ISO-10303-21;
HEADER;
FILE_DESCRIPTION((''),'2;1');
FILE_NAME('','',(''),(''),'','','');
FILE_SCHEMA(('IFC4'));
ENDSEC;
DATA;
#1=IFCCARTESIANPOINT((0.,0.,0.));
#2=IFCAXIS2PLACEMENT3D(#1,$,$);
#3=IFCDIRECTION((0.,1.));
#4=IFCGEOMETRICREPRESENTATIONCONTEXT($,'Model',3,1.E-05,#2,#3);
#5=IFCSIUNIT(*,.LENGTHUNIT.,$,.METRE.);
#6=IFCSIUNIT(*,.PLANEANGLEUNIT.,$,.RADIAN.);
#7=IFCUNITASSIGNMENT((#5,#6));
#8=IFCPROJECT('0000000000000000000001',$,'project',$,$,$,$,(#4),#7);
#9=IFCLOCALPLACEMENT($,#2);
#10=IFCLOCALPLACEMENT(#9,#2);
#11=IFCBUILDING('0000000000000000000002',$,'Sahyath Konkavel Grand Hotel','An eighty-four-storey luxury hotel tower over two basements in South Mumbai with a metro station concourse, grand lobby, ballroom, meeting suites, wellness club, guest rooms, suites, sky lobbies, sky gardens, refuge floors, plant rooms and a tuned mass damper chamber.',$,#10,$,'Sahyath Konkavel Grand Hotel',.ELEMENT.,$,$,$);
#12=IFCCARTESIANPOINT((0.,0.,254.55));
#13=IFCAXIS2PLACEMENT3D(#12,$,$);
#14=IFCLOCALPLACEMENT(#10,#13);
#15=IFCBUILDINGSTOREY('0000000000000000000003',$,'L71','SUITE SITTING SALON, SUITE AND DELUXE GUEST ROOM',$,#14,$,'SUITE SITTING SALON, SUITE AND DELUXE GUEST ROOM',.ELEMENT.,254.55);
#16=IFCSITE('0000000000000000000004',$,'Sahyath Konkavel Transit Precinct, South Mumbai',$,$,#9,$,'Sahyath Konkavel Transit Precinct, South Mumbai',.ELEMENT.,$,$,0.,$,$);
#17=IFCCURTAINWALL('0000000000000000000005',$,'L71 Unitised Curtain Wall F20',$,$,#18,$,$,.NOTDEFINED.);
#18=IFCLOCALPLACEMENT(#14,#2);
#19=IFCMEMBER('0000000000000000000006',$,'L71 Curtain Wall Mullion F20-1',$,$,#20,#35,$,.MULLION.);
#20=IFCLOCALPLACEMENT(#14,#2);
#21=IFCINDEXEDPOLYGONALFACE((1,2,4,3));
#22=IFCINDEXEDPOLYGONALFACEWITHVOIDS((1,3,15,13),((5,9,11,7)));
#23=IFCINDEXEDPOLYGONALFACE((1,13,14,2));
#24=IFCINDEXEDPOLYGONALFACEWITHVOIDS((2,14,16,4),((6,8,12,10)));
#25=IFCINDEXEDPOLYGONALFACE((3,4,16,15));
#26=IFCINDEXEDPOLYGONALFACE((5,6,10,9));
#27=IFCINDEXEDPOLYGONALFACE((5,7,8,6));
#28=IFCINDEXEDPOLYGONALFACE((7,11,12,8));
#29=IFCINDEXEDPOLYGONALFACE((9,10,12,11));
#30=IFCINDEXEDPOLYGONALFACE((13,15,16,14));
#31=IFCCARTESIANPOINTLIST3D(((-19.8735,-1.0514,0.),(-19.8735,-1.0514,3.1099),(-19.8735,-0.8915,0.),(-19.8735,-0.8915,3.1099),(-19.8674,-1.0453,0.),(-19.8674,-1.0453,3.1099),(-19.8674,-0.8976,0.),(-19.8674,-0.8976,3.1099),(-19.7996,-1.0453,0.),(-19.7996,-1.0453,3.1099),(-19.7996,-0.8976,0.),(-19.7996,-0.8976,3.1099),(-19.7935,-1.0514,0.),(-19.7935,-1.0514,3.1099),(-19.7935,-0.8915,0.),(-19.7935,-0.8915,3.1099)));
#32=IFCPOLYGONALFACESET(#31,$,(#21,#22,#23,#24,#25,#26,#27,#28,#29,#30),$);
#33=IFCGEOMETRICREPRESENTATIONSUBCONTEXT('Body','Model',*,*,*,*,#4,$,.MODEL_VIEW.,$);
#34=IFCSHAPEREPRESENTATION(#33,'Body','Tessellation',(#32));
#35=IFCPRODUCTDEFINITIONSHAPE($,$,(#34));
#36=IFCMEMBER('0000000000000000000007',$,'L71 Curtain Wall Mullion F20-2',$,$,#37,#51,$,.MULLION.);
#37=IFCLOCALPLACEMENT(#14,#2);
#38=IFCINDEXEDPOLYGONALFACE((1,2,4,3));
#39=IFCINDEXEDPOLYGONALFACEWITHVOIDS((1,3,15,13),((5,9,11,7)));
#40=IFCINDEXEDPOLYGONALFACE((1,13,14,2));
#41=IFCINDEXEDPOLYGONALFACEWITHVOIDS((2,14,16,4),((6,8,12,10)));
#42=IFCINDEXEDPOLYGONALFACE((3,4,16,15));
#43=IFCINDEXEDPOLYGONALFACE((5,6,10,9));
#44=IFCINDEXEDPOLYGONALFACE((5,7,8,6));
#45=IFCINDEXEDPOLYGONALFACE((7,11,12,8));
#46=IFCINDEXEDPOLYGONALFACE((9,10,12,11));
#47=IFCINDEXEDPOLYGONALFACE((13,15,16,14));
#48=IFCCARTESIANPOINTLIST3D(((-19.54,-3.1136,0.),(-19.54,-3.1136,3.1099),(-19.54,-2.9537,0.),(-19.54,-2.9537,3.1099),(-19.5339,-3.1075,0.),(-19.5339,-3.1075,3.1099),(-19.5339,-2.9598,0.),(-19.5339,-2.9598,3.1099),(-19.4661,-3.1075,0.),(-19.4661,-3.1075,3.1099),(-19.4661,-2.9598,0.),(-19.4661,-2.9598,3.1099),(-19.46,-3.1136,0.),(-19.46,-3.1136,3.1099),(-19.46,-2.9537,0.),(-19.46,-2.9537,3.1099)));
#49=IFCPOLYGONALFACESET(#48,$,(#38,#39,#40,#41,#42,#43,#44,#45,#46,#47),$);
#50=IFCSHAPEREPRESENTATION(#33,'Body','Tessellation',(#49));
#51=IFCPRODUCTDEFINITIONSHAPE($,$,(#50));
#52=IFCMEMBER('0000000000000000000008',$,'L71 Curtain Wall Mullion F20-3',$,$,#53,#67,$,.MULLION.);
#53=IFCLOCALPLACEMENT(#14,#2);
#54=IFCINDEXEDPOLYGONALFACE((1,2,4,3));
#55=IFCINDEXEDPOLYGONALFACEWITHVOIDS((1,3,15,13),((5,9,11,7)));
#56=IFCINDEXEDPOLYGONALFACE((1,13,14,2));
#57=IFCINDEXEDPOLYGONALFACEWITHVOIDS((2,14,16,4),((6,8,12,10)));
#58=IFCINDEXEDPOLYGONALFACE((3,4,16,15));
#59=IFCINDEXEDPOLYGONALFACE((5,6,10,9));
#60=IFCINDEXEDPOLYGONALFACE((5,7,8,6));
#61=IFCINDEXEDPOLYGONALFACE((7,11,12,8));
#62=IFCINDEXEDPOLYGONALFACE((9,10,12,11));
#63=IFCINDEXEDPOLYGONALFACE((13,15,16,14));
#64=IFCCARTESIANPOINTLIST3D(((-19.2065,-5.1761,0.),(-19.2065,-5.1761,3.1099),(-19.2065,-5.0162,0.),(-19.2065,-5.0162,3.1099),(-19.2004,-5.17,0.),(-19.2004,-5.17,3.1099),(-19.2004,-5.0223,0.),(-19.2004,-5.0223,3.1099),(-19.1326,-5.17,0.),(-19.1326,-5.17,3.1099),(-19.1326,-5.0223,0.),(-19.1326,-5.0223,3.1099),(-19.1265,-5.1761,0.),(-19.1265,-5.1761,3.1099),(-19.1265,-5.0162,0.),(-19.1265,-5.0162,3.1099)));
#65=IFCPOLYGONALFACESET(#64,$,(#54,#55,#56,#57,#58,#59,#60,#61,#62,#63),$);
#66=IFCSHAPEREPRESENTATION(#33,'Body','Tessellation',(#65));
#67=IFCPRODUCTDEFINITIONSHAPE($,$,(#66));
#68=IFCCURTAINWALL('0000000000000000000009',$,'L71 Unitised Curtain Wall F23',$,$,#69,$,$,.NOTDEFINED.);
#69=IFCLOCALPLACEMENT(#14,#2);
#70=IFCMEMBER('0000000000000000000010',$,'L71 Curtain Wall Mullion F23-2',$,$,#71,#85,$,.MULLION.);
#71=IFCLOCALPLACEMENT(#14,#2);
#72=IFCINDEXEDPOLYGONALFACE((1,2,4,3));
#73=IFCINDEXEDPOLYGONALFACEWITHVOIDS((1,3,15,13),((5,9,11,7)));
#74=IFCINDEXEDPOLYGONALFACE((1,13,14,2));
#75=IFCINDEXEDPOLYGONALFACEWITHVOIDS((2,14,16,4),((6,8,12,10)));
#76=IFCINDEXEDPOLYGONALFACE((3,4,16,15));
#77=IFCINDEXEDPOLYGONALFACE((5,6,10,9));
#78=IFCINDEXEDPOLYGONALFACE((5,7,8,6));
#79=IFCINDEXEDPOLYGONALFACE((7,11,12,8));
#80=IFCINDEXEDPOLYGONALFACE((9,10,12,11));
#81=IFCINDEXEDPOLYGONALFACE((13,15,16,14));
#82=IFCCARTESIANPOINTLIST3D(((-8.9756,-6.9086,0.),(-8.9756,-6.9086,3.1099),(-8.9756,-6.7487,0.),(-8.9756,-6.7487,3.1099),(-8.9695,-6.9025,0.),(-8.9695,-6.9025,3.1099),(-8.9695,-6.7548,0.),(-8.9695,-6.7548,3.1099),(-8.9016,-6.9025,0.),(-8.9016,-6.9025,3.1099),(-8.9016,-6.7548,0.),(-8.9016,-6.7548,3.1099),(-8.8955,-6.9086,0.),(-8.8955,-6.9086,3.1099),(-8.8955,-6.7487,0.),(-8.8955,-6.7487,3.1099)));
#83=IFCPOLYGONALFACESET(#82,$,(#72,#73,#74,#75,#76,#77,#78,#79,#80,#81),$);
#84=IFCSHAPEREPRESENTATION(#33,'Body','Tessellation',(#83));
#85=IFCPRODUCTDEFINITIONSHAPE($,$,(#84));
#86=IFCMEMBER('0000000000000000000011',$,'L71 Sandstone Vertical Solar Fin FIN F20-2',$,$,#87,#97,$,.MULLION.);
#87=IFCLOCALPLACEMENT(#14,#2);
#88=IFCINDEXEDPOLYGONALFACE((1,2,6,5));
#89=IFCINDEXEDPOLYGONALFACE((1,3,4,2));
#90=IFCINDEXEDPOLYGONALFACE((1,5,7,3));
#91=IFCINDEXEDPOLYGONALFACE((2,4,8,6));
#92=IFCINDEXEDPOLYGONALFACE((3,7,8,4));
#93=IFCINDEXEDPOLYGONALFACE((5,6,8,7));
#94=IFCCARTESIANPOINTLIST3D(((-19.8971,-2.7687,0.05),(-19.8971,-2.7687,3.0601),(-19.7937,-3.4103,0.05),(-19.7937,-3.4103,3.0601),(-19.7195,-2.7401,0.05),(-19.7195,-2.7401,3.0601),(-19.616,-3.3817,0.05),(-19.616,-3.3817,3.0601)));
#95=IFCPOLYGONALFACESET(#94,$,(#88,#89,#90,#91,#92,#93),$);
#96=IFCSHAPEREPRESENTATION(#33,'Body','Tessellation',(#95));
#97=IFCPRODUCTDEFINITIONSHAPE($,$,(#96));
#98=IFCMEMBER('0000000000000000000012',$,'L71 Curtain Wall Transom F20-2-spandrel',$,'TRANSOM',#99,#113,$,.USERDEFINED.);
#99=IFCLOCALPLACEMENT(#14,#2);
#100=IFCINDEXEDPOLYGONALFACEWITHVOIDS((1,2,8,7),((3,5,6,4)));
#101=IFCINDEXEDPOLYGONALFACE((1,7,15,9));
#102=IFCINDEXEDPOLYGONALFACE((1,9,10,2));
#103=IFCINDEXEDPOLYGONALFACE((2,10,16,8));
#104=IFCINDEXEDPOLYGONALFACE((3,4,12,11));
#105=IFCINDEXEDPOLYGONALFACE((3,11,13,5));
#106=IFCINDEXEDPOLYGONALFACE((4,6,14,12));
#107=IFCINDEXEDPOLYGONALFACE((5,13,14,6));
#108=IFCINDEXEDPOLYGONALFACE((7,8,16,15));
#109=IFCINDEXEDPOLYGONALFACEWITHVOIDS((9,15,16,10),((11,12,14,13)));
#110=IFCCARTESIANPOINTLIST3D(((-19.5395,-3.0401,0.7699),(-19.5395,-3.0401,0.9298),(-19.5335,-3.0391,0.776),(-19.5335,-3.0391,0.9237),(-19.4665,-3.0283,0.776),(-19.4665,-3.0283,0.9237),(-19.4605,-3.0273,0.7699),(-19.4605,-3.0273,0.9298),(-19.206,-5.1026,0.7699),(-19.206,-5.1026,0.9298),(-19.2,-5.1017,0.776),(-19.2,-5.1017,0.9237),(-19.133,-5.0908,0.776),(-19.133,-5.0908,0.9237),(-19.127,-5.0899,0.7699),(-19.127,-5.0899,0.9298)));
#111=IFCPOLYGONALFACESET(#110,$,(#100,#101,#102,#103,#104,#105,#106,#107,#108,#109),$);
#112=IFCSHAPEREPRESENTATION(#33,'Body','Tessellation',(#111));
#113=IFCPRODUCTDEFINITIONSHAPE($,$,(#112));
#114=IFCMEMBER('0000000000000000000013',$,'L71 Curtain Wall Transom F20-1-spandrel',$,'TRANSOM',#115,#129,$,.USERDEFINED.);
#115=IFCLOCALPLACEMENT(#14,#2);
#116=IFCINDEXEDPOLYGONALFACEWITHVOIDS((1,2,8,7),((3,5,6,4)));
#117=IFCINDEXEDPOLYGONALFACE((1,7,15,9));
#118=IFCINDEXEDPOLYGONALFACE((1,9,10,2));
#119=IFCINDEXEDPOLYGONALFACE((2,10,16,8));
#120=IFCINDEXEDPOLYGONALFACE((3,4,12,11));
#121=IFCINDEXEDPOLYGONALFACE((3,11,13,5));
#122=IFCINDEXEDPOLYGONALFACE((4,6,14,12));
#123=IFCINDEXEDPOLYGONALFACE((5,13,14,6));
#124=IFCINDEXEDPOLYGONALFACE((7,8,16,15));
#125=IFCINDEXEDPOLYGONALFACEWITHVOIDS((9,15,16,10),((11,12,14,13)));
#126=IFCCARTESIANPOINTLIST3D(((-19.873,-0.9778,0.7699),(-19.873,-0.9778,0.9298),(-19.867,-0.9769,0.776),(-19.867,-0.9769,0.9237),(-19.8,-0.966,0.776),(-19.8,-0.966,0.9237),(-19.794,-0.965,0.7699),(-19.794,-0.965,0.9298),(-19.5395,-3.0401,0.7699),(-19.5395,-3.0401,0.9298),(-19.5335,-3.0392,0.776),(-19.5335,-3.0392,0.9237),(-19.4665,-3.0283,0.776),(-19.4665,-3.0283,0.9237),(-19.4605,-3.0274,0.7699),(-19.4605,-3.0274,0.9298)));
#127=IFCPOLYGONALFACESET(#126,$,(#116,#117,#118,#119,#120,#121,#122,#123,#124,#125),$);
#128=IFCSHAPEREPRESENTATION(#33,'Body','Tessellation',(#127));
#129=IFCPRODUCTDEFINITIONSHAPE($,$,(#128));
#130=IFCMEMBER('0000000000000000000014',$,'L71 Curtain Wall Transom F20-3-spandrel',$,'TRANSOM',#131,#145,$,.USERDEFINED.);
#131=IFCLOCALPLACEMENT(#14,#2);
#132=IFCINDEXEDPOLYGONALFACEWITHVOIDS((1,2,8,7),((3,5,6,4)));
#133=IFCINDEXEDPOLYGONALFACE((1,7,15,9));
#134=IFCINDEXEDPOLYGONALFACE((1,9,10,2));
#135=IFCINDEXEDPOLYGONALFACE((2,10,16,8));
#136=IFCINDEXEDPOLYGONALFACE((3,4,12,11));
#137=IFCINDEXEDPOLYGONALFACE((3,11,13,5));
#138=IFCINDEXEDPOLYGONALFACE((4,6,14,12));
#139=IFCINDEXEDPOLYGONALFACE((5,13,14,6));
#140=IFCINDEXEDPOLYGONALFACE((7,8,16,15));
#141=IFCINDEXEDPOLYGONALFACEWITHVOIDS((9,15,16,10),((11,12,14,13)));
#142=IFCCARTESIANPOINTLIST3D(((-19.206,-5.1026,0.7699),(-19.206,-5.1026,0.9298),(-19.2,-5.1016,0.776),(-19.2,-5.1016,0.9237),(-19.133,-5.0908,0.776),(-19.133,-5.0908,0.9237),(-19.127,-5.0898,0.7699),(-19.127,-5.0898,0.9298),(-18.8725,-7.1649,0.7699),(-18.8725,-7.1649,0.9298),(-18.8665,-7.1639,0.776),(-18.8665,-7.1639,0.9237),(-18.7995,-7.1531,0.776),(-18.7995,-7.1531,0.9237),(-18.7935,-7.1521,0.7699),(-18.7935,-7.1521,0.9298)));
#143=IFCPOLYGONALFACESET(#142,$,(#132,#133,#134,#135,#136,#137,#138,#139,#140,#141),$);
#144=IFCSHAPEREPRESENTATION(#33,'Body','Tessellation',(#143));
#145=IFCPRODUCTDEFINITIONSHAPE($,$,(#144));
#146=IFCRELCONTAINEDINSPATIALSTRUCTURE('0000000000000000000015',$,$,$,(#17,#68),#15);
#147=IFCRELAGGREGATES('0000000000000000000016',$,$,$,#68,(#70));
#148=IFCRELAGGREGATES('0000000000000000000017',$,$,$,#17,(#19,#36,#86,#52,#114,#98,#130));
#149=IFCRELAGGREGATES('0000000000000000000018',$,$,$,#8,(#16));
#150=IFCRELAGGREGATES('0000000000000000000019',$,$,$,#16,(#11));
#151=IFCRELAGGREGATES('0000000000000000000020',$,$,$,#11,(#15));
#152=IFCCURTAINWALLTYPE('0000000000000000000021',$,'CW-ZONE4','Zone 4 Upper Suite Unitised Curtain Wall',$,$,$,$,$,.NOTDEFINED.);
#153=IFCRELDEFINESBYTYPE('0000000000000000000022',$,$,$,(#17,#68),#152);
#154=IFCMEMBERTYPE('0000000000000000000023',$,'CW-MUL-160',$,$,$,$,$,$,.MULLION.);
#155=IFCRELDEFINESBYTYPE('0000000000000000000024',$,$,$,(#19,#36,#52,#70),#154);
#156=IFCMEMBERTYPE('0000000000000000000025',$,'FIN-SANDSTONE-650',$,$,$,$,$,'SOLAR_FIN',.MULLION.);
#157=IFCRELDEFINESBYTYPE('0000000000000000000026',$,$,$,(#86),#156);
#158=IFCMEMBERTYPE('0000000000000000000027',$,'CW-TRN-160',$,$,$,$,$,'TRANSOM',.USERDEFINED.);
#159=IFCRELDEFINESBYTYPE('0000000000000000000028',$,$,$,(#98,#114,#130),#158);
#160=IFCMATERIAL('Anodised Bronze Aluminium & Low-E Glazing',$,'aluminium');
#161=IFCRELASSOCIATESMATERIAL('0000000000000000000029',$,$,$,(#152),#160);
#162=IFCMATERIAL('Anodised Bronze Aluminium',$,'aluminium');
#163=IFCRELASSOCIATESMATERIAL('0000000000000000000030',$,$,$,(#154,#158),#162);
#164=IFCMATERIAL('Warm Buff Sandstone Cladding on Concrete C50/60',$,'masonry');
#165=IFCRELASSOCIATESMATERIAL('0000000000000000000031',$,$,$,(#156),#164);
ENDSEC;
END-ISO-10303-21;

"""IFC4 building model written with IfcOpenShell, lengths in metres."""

from ifc_helpers import new_model, si_unit, direction, frame, origin, origin_2d, place, context, subcontext, project, spatial, rectangle, hollow_rectangle, extrude, source, transform, mapped, material, material_profile, profile_set, type_object, element, aggregate, save


model = new_model("IFC4")

# Units and contexts
model_context = context("Model", 3, precision=1e-05, world=origin(), true_north=direction((0.0, 1.0)))
body_context = subcontext(model_context, "Body", "Model", "MODEL_VIEW")
ifc_project = project(units=[si_unit("LENGTHUNIT", "METRE"), si_unit("PLANEANGLEUNIT", "RADIAN")], contexts=[model_context])

# Site, building, storey
site_placement = place(None, origin())
site = spatial("IfcSite", under=ifc_project, at=site_placement, Name="Sahyath Konkavel Transit Precinct, South Mumbai", LongName="Sahyath Konkavel Transit Precinct, South Mumbai", CompositionType="ELEMENT", RefElevation=0.0)
building_placement = place(site_placement, origin())
building = spatial("IfcBuilding", under=site, at=building_placement, Name="Sahyath Konkavel Grand Hotel", Description="An eighty-four-storey luxury hotel tower over two basements in South Mumbai with a metro station concourse, grand lobby, ballroom, meeting suites, wellness club, guest rooms, suites, sky lobbies, sky gardens, refuge floors, plant rooms and a tuned mass damper chamber.", LongName="Sahyath Konkavel Grand Hotel", CompositionType="ELEMENT")
storey_placement = place(building_placement, frame((0.0, 0.0, 254.55)))
storey = spatial("IfcBuildingStorey", under=building, at=storey_placement, Name="L71", Description="SUITE SITTING SALON, SUITE AND DELUXE GUEST ROOM", LongName="SUITE SITTING SALON, SUITE AND DELUXE GUEST ROOM", CompositionType="ELEMENT", Elevation=254.55)

# Curtain wall, members
ifc_material_1 = material(Name="Anodised Bronze Aluminium & Low-E Glazing", Category="aluminium")
curtain_wall_type = type_object("IfcCurtainWallType", Name="CW-ZONE4", Description="Zone 4 Upper Suite Unitised Curtain Wall", PredefinedType="NOTDEFINED", material=ifc_material_1)
curtain_wall_1_placement = place(storey_placement, origin())
curtain_wall_1 = element("IfcCurtainWall", 1, at=curtain_wall_1_placement, inside=storey, type_object=curtain_wall_type, Name="L71 Unitised Curtain Wall F20", PredefinedType="NOTDEFINED")
ifc_material_2 = material(Name="Anodised Bronze Aluminium", Category="aluminium")
ifc_material_profile_1 = material_profile(ifc_material_2, hollow_rectangle(XDim=0.0801, YDim=0.1599, WallThickness=0.0061, at=origin_2d()), Name="RHS 160x80x6")
ifc_profile_set_1 = profile_set([ifc_material_profile_1], Name="Anodised Bronze Aluminium")
member_type_1 = type_object("IfcMemberType", Name="CW-MUL-160", PredefinedType="MULLION", material=ifc_profile_set_1)
shared_shape_1 = source(origin(), body_context, "Body", "SweptSolid", [
    extrude(hollow_rectangle(XDim=0.0801, YDim=0.1599, WallThickness=0.0061, at=origin_2d()), origin(), (0.0, 0.0, 1.0), 3.1099),
])
member_1_placement = place(storey_placement, frame((-19.8335, -0.9714, 0.0), z_axis=(0.0, 0.0, 1.0), x_axis=(1.0, 0.0, 0.0)))
member_1 = element("IfcMember", 2, at=member_1_placement, type_object=member_type_1, Name="L71 Curtain Wall Mullion F20-1", PredefinedType="MULLION", context=body_context, shape_type="MappedRepresentation", body=[
    mapped(shared_shape_1, transform((0.0, 0.0, 0.0), scale=1.0)),
])
member_2_placement = place(storey_placement, frame((-19.5, -3.0337, 0.0), z_axis=(0.0, 0.0, 1.0), x_axis=(1.0, 0.0, 0.0)))
member_2 = element("IfcMember", 3, at=member_2_placement, type_object=member_type_1, Name="L71 Curtain Wall Mullion F20-2", PredefinedType="MULLION", context=body_context, shape_type="MappedRepresentation", body=[
    mapped(shared_shape_1, transform((0.0, 0.0, 0.0), scale=1.0)),
])
member_3_placement = place(storey_placement, frame((-19.1665, -5.0962, 0.0), z_axis=(0.0, 0.0, 1.0), x_axis=(1.0, 0.0, 0.0)))
member_3 = element("IfcMember", 4, at=member_3_placement, type_object=member_type_1, Name="L71 Curtain Wall Mullion F20-3", PredefinedType="MULLION", context=body_context, shape_type="MappedRepresentation", body=[
    mapped(shared_shape_1, transform((0.0, 0.0, 0.0), scale=1.0)),
])

# Curtain wall, member
curtain_wall_2_placement = place(storey_placement, origin())
curtain_wall_2 = element("IfcCurtainWall", 5, at=curtain_wall_2_placement, inside=storey, type_object=curtain_wall_type, Name="L71 Unitised Curtain Wall F23", PredefinedType="NOTDEFINED")
member_4_placement = place(storey_placement, frame((-8.9355, -6.8286, 0.0), z_axis=(0.0, 0.0, 1.0), x_axis=(1.0, 0.0, 0.0)))
member_4 = element("IfcMember", 6, at=member_4_placement, type_object=member_type_1, Name="L71 Curtain Wall Mullion F23-2", PredefinedType="MULLION", context=body_context, shape_type="MappedRepresentation", body=[
    mapped(shared_shape_1, transform((0.0, 0.0, 0.0), scale=1.0)),
])
aggregate(curtain_wall_2, [member_4])

# Members
ifc_material_3 = material(Name="Warm Buff Sandstone Cladding on Concrete C50/60", Category="masonry")
ifc_material_profile_2 = material_profile(ifc_material_3, rectangle(XDim=0.1799, YDim=0.6499, at=origin_2d()), Name="FIN 180x650")
ifc_profile_set_2 = profile_set([ifc_material_profile_2], Name="Warm Buff Sandstone Cladding on Concrete C50/60")
member_type_2 = type_object("IfcMemberType", Name="FIN-SANDSTONE-650", ElementType="SOLAR_FIN", PredefinedType="MULLION", material=ifc_profile_set_2)
shared_shape_2 = source(origin(), body_context, "Body", "SweptSolid", [
    extrude(rectangle(XDim=0.1799, YDim=0.6499, at=origin_2d()), origin(), (0.0, 0.0, 1.0), 3.01),
])
member_5_placement = place(storey_placement, frame((-19.7566, -3.0752, 0.05), z_axis=(0.0, 0.0, 1.0), x_axis=(0.987248, 0.159192, 0.0)))
member_5 = element("IfcMember", 7, at=member_5_placement, type_object=member_type_2, Name="L71 Sandstone Vertical Solar Fin FIN F20-2", PredefinedType="MULLION", context=body_context, shape_type="MappedRepresentation", body=[
    mapped(shared_shape_2, transform((0.0, 0.0, 0.0), scale=1.0)),
])
ifc_material_profile_3 = material_profile(ifc_material_2, hollow_rectangle(XDim=0.0801, YDim=0.1599, WallThickness=0.0061, at=origin_2d()), Name="RHS 160x80x6")
ifc_profile_set_3 = profile_set([ifc_material_profile_3], Name="Anodised Bronze Aluminium")
member_type_3 = type_object("IfcMemberType", Name="CW-TRN-160", ElementType="TRANSOM", PredefinedType="USERDEFINED", material=ifc_profile_set_3)
shared_shape_3 = source(origin(), body_context, "Body", "SweptSolid", [
    extrude(hollow_rectangle(XDim=0.0801, YDim=0.1599, WallThickness=0.0061, at=origin_2d()), origin(), (0.0, 0.0, 1.0), 2.0894),
])
member_6_placement = place(storey_placement, frame((-19.5, -3.0337, 0.8499), z_axis=(0.159622, -0.987178, 0.0), x_axis=(0.987178, 0.159622, 0.0)))
member_6 = element("IfcMember", 8, at=member_6_placement, type_object=member_type_3, Name="L71 Curtain Wall Transom F20-2-spandrel", ObjectType="TRANSOM", PredefinedType="USERDEFINED", context=body_context, shape_type="MappedRepresentation", body=[
    mapped(shared_shape_3, transform((0.0, 0.0, 0.0), scale=1.0)),
])
shared_shape_4 = source(origin(), body_context, "Body", "SweptSolid", [
    extrude(hollow_rectangle(XDim=0.0801, YDim=0.1599, WallThickness=0.0061, at=origin_2d()), origin(), (0.0, 0.0, 1.0), 2.0891),
])
member_7_placement = place(storey_placement, frame((-19.8335, -0.9714, 0.8499), z_axis=(0.15964, -0.987175, 0.0), x_axis=(0.987175, 0.15964, 0.0)))
member_7 = element("IfcMember", 9, at=member_7_placement, type_object=member_type_3, Name="L71 Curtain Wall Transom F20-1-spandrel", ObjectType="TRANSOM", PredefinedType="USERDEFINED", context=body_context, shape_type="MappedRepresentation", body=[
    mapped(shared_shape_4, transform((0.0, 0.0, 0.0), scale=1.0)),
])
member_8_placement = place(storey_placement, frame((-19.1665, -5.0962, 0.8499), z_axis=(0.15964, -0.987175, 0.0), x_axis=(0.987175, 0.15964, 0.0)))
member_8 = element("IfcMember", 10, at=member_8_placement, type_object=member_type_3, Name="L71 Curtain Wall Transom F20-3-spandrel", ObjectType="TRANSOM", PredefinedType="USERDEFINED", context=body_context, shape_type="MappedRepresentation", body=[
    mapped(shared_shape_4, transform((0.0, 0.0, 0.0), scale=1.0)),
])

aggregate(curtain_wall_1, [member_1, member_2, member_5, member_3, member_7, member_6, member_8])

save(model, "model.ifc")
